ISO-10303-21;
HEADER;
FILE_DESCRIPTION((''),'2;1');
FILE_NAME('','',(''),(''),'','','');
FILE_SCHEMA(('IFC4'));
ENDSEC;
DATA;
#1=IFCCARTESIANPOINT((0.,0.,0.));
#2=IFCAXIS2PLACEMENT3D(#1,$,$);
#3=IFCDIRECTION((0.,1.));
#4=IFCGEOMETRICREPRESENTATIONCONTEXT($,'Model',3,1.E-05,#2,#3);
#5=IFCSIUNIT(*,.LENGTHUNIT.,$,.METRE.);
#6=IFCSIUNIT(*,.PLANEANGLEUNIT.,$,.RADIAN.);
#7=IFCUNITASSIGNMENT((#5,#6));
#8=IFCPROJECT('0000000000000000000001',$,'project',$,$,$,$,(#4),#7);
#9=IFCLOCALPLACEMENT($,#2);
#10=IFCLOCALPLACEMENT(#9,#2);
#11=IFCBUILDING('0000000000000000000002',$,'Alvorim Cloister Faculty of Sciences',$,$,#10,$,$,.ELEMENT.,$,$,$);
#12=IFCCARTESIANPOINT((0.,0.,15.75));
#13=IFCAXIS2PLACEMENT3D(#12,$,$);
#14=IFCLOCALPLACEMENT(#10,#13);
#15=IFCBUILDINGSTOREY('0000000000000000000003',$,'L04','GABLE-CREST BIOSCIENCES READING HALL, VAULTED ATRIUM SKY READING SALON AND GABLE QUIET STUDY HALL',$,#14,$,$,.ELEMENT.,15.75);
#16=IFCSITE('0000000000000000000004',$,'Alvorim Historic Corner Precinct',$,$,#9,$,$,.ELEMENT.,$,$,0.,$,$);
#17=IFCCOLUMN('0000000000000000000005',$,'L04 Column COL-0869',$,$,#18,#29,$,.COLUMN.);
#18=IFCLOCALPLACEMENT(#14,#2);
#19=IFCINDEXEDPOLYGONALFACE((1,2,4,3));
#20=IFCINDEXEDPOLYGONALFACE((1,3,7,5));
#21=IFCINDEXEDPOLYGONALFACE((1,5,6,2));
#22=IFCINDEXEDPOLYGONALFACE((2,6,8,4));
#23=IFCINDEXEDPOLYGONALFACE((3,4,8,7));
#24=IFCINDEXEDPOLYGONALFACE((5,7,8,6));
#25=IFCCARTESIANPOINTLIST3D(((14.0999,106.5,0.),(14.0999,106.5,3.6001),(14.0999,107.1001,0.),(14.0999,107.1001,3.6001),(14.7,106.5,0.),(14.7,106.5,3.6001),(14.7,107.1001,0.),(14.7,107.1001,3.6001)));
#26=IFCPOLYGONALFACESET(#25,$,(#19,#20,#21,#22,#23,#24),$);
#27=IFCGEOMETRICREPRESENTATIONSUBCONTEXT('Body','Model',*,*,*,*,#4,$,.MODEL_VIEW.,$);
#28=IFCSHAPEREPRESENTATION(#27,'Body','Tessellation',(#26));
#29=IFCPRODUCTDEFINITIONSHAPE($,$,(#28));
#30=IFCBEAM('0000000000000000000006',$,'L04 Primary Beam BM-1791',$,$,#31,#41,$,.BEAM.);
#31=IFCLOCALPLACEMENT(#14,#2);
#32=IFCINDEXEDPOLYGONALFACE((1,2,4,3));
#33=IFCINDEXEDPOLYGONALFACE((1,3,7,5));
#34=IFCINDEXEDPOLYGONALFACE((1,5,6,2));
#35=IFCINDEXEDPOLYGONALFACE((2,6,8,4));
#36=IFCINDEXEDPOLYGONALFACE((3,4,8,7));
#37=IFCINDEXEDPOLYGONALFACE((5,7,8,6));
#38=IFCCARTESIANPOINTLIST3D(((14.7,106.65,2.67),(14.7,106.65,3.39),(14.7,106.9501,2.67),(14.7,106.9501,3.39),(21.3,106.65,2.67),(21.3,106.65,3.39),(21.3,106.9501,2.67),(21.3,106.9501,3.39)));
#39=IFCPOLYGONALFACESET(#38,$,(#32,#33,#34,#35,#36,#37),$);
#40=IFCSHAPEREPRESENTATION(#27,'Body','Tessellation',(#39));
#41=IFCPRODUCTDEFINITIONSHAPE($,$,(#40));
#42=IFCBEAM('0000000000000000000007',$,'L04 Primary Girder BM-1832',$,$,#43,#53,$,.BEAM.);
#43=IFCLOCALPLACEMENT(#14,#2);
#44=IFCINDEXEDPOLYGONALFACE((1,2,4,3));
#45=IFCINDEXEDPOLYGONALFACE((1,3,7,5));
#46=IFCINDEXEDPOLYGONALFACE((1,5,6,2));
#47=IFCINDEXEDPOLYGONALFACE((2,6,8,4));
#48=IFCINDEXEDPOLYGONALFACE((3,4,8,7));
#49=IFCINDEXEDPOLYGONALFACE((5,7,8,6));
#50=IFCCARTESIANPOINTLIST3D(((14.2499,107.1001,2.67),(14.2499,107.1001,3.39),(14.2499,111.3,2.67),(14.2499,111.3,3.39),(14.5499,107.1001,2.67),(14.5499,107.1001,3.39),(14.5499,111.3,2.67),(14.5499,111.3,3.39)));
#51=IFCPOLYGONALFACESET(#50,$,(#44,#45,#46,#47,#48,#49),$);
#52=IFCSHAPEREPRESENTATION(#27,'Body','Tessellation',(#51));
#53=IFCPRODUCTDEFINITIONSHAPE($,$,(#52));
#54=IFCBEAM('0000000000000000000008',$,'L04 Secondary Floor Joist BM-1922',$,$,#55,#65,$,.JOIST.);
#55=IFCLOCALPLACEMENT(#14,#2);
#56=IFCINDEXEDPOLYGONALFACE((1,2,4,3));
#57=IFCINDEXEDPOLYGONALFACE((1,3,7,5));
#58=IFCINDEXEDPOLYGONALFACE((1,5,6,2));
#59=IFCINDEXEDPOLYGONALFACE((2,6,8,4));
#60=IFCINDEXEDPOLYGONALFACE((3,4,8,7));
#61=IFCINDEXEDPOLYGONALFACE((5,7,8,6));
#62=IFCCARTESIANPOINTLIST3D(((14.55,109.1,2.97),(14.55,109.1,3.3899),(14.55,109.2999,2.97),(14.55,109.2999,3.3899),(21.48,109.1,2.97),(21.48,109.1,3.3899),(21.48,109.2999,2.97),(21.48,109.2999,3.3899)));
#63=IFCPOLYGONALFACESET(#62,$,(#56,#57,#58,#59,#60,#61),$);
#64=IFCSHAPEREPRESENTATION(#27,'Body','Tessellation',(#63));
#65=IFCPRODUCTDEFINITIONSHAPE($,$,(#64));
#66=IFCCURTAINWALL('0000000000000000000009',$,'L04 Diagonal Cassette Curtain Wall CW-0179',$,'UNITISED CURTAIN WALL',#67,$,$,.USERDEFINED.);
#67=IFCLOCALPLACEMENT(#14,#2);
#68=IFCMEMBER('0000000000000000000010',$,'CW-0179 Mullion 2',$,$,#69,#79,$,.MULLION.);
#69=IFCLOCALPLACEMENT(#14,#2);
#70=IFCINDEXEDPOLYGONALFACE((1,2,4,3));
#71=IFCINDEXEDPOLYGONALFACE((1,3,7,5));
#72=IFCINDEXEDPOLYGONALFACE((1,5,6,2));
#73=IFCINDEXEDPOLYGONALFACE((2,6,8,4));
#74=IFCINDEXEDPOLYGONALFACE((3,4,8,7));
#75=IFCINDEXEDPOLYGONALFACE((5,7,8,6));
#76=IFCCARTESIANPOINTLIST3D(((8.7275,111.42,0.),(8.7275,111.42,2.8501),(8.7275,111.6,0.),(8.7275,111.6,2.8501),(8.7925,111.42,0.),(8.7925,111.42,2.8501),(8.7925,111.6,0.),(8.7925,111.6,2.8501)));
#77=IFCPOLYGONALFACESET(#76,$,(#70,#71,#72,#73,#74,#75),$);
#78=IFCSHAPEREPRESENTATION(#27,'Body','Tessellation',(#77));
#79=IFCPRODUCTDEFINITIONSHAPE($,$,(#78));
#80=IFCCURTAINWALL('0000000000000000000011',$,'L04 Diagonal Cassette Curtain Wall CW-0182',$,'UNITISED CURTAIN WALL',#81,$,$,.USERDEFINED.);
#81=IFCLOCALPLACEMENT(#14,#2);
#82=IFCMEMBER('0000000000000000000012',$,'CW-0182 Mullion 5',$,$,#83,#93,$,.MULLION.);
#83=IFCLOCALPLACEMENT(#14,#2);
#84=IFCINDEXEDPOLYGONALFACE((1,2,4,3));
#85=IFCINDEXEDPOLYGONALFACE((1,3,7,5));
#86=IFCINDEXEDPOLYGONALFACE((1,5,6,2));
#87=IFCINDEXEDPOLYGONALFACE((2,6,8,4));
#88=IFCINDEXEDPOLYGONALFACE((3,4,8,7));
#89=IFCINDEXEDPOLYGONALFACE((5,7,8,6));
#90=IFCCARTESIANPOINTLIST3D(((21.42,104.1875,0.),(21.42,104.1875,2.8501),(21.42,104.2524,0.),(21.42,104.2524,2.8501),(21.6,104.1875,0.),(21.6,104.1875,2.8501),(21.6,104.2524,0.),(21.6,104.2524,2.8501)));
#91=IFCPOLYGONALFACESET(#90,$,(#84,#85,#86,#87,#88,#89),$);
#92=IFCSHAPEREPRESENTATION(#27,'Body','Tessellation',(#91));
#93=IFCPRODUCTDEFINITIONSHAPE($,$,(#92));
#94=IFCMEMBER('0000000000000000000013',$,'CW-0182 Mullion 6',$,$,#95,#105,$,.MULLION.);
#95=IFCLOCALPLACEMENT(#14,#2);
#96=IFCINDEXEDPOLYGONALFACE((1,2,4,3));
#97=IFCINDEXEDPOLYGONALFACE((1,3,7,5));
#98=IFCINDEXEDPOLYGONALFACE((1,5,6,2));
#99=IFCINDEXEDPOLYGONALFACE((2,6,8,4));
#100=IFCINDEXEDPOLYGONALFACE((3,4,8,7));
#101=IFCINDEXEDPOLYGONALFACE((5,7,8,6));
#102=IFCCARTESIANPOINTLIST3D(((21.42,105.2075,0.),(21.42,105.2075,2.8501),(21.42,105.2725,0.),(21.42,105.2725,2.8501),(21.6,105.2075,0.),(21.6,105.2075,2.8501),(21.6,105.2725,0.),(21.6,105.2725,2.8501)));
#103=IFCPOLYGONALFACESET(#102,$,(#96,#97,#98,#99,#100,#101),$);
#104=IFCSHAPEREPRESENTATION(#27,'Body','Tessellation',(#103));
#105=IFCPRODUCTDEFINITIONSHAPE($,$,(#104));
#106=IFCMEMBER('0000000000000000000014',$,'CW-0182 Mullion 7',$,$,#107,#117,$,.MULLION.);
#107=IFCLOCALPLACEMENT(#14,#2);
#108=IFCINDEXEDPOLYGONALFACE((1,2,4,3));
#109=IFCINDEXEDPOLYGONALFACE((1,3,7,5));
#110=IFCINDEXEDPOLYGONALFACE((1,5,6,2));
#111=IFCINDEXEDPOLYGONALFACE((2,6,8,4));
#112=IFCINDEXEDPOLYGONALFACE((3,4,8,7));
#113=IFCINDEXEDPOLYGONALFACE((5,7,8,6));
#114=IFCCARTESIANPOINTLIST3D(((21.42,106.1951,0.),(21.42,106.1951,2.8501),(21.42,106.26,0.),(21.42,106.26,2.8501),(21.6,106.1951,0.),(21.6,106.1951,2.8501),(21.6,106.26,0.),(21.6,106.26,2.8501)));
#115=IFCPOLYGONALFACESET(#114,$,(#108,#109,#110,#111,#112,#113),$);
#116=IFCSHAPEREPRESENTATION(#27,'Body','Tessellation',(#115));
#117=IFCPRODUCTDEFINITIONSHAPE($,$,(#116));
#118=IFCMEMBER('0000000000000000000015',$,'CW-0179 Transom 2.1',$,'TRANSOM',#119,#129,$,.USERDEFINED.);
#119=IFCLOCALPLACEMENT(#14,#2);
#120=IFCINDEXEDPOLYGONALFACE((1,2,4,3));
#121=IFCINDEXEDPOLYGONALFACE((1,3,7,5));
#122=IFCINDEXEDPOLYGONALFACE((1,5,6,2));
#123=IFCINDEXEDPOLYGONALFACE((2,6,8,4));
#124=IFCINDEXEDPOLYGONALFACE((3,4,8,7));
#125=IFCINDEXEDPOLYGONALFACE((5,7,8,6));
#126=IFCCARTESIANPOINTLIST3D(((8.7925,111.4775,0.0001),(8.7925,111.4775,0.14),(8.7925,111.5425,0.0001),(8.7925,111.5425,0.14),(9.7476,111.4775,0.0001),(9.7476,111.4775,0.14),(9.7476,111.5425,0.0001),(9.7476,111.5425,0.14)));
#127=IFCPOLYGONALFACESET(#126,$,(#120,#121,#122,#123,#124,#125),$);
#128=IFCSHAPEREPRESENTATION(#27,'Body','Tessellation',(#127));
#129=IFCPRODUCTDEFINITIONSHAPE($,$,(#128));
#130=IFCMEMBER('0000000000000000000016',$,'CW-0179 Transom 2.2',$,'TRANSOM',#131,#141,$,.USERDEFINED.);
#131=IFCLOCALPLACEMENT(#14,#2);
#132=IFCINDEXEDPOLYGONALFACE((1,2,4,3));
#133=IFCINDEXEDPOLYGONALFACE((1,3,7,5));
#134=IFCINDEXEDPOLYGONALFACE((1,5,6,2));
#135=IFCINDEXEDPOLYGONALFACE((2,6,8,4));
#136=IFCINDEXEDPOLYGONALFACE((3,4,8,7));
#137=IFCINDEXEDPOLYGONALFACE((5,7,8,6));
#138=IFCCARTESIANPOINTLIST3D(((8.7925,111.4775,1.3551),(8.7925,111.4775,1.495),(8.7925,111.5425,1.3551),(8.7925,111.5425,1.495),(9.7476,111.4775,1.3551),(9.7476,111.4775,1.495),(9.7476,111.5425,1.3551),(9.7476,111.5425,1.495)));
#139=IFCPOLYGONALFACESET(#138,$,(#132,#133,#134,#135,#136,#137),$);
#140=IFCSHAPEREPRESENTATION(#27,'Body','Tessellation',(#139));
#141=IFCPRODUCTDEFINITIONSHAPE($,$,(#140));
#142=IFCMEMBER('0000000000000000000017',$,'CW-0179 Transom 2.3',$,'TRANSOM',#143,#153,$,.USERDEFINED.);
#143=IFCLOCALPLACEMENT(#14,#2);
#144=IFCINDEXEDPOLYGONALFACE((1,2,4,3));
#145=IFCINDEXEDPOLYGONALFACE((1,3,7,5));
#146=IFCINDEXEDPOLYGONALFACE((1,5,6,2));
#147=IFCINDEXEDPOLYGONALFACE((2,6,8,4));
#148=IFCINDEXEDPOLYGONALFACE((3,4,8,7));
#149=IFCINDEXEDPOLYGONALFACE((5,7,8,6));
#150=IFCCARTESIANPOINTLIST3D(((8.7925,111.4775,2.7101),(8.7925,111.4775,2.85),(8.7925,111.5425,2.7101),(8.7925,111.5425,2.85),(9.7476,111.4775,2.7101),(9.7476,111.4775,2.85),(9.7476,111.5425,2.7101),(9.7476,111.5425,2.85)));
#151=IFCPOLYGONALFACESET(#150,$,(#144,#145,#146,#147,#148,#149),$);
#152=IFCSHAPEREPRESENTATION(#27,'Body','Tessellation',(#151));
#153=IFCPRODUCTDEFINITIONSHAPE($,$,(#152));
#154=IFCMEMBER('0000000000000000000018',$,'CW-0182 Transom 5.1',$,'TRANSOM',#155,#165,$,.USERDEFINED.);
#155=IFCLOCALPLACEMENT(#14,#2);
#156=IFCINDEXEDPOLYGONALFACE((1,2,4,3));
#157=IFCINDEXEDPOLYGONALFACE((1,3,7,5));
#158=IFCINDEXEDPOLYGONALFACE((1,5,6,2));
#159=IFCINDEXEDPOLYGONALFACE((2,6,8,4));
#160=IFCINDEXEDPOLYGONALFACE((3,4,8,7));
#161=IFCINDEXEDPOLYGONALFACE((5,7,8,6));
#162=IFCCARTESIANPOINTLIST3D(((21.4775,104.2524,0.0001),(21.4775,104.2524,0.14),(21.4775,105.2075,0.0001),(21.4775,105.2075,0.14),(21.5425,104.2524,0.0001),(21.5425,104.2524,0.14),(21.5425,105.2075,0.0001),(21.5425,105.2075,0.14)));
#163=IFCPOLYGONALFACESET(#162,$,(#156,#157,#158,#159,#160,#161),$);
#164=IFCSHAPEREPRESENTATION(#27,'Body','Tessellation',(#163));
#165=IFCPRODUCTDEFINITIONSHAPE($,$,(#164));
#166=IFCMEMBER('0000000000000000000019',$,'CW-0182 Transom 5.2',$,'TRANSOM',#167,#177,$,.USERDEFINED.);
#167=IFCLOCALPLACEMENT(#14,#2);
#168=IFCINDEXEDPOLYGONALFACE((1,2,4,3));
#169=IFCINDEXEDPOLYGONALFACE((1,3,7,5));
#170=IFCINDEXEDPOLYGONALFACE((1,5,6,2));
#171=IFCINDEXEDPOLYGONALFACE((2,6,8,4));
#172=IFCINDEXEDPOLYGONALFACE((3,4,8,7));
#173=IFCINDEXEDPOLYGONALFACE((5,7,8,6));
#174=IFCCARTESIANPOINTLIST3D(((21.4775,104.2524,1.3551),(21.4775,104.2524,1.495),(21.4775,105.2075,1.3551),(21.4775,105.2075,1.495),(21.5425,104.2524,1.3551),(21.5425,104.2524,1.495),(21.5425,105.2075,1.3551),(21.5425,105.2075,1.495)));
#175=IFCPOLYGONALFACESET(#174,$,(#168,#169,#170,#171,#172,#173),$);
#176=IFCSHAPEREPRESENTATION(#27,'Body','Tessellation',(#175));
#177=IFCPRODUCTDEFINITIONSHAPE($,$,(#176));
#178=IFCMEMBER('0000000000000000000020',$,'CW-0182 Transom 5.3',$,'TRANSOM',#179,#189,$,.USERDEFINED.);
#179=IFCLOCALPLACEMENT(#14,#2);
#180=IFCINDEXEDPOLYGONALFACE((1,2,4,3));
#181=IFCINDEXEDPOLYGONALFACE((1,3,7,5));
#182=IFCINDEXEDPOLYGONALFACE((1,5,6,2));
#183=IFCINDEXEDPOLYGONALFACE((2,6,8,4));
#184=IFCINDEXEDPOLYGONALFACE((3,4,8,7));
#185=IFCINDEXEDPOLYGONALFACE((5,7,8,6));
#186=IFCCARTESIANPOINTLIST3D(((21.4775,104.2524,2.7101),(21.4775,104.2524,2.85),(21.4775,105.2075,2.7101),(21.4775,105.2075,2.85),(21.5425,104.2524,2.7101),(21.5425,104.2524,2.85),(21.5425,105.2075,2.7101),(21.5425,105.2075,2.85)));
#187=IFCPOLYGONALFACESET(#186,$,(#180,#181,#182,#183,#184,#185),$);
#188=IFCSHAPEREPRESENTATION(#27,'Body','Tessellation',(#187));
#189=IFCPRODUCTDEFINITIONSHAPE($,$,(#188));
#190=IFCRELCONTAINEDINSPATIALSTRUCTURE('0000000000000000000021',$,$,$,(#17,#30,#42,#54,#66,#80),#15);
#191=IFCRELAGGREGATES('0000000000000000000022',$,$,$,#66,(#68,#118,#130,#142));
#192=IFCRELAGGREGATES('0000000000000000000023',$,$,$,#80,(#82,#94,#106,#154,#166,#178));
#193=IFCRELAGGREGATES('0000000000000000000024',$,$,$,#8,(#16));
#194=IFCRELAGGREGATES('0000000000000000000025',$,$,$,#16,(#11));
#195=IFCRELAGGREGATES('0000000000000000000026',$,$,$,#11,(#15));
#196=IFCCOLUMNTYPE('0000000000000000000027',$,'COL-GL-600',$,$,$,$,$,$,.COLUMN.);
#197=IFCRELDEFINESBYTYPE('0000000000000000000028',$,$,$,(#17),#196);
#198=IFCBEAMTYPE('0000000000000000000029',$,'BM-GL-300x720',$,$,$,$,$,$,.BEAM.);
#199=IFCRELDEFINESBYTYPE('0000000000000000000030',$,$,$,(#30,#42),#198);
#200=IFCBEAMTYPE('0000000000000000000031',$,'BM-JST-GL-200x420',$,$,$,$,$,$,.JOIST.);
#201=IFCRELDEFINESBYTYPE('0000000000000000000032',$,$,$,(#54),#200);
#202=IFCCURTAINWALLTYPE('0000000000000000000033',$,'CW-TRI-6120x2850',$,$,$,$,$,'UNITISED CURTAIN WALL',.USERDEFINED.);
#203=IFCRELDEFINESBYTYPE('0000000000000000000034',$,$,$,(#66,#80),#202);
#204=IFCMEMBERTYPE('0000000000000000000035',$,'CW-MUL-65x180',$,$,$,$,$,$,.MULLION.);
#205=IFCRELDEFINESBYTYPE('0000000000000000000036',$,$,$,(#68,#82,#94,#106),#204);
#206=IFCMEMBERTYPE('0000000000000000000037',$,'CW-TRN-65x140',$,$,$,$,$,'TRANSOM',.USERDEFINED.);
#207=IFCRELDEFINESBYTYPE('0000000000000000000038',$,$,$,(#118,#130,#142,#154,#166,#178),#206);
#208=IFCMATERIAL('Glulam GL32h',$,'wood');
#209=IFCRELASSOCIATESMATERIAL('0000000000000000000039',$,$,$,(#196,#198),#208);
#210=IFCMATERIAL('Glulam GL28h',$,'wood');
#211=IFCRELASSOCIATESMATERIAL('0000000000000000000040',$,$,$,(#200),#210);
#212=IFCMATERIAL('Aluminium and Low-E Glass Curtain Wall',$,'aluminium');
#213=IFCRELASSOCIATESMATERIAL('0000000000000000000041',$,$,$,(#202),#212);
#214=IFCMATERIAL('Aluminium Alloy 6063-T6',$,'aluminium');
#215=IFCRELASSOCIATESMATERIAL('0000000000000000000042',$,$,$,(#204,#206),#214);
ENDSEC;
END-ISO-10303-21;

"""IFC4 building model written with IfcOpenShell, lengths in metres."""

from ifc_helpers import new_model, si_unit, direction, frame, origin, origin_2d, place, context, subcontext, project, spatial, rectangle, extrude, material, material_profile, profile_set, type_object, element, aggregate, save


model = new_model("IFC4")

# Units and contexts
model_context = context("Model", 3, precision=1e-05, world=origin(), true_north=direction((0.0, 1.0)))
body_context = subcontext(model_context, "Body", "Model", "MODEL_VIEW")
ifc_project = project(units=[si_unit("LENGTHUNIT", "METRE"), si_unit("PLANEANGLEUNIT", "RADIAN")], contexts=[model_context])

# Site, building, storey
site_placement = place(None, origin())
site = spatial("IfcSite", under=ifc_project, at=site_placement, Name="Alvorim Historic Corner Precinct", CompositionType="ELEMENT", RefElevation=0.0)
building_placement = place(site_placement, origin())
building = spatial("IfcBuilding", under=site, at=building_placement, Name="Alvorim Cloister Faculty of Sciences", CompositionType="ELEMENT")
storey_placement = place(building_placement, frame((0.0, 0.0, 15.75)))
storey = spatial("IfcBuildingStorey", under=building, at=storey_placement, Name="L04", Description="GABLE-CREST BIOSCIENCES READING HALL, VAULTED ATRIUM SKY READING SALON AND GABLE QUIET STUDY HALL", CompositionType="ELEMENT", Elevation=15.75)

# Column
ifc_material_1 = material(Name="Glulam GL32h", Category="wood")
ifc_material_profile_1 = material_profile(ifc_material_1, rectangle(XDim=0.6001, YDim=0.6001, at=origin_2d()), Name="GL32-COL-600x600")
ifc_profile_set_1 = profile_set([ifc_material_profile_1], Name="Glulam GL32h")
column_type = type_object("IfcColumnType", Name="COL-GL-600", PredefinedType="COLUMN", material=ifc_profile_set_1)
column_placement = place(storey_placement, frame((14.3999, 106.8, 0.0), z_axis=(0.0, 0.0, 1.0), x_axis=(1.0, 0.0, 0.0)))
element("IfcColumn", 1, at=column_placement, inside=storey, type_object=column_type, Name="L04 Column COL-0869", PredefinedType="COLUMN", context=body_context, shape_type="SweptSolid", body=[
    extrude(rectangle(XDim=0.6001, YDim=0.6001, at=origin_2d()), origin(), (0.0, 0.0, 1.0), 3.6001),
])

# Beams
ifc_material_profile_2 = material_profile(ifc_material_1, rectangle(XDim=0.3, YDim=0.72, at=origin_2d()), Name="GL32-BM-300x720")
ifc_profile_set_2 = profile_set([ifc_material_profile_2], Name="Glulam GL32h")
beam_type_1 = type_object("IfcBeamType", Name="BM-GL-300x720", PredefinedType="BEAM", material=ifc_profile_set_2)
beam_1_placement = place(storey_placement, frame((14.7, 106.8, 3.03), z_axis=(1.0, 0.0, 0.0), x_axis=(0.0, 1.0, 0.0)))
element("IfcBeam", 2, at=beam_1_placement, inside=storey, type_object=beam_type_1, Name="L04 Primary Beam BM-1791", PredefinedType="BEAM", context=body_context, shape_type="SweptSolid", body=[
    extrude(rectangle(XDim=0.3, YDim=0.72, at=origin_2d()), origin(), (0.0, 0.0, 1.0), 6.6001),
])
beam_2_placement = place(storey_placement, frame((14.3999, 107.1001, 3.03), z_axis=(0.0, 1.0, 0.0), x_axis=(-1.0, 0.0, 0.0)))
element("IfcBeam", 3, at=beam_2_placement, inside=storey, type_object=beam_type_1, Name="L04 Primary Girder BM-1832", PredefinedType="BEAM", context=body_context, shape_type="SweptSolid", body=[
    extrude(rectangle(XDim=0.3, YDim=0.72, at=origin_2d()), origin(), (0.0, 0.0, 1.0), 4.2),
])
ifc_material_2 = material(Name="Glulam GL28h", Category="wood")
ifc_material_profile_3 = material_profile(ifc_material_2, rectangle(XDim=0.2, YDim=0.4199, at=origin_2d()), Name="GL28-JST-200x420")
ifc_profile_set_3 = profile_set([ifc_material_profile_3], Name="Glulam GL28h")
beam_type_2 = type_object("IfcBeamType", Name="BM-JST-GL-200x420", PredefinedType="JOIST", material=ifc_profile_set_3)
beam_3_placement = place(storey_placement, frame((14.55, 109.2, 3.1799), z_axis=(1.0, 0.0, 0.0), x_axis=(0.0, 1.0, 0.0)))
element("IfcBeam", 4, at=beam_3_placement, inside=storey, type_object=beam_type_2, Name="L04 Secondary Floor Joist BM-1922", PredefinedType="JOIST", context=body_context, shape_type="SweptSolid", body=[
    extrude(rectangle(XDim=0.2, YDim=0.4199, at=origin_2d()), origin(), (0.0, 0.0, 1.0), 6.9299),
])

# Curtain wall, member
ifc_material_3 = material(Name="Aluminium and Low-E Glass Curtain Wall", Category="aluminium")
curtain_wall_type = type_object("IfcCurtainWallType", Name="CW-TRI-6120x2850", ElementType="UNITISED CURTAIN WALL", PredefinedType="USERDEFINED", material=ifc_material_3)
curtain_wall_1_placement = place(storey_placement, origin())
curtain_wall_1 = element("IfcCurtainWall", 5, at=curtain_wall_1_placement, inside=storey, type_object=curtain_wall_type, Name="L04 Diagonal Cassette Curtain Wall CW-0179", ObjectType="UNITISED CURTAIN WALL", PredefinedType="USERDEFINED")
ifc_material_4 = material(Name="Aluminium Alloy 6063-T6", Category="aluminium")
ifc_material_profile_4 = material_profile(ifc_material_4, rectangle(XDim=0.0649, YDim=0.1799, at=origin_2d()), Name="ALU-MUL-65x180")
ifc_profile_set_4 = profile_set([ifc_material_profile_4], Name="Aluminium Alloy 6063-T6")
member_type_1 = type_object("IfcMemberType", Name="CW-MUL-65x180", PredefinedType="MULLION", material=ifc_profile_set_4)
member_1_placement = place(storey_placement, frame((8.76, 111.51, 0.0), z_axis=(0.0, 0.0, 1.0), x_axis=(1.0, 0.0, 0.0)))
member_1 = element("IfcMember", 6, at=member_1_placement, type_object=member_type_1, Name="CW-0179 Mullion 2", PredefinedType="MULLION", context=body_context, shape_type="SweptSolid", body=[
    extrude(rectangle(XDim=0.0649, YDim=0.1799, at=origin_2d()), origin(), (0.0, 0.0, 1.0), 2.8501),
])

# Curtain wall, members
curtain_wall_2_placement = place(storey_placement, origin())
curtain_wall_2 = element("IfcCurtainWall", 7, at=curtain_wall_2_placement, inside=storey, type_object=curtain_wall_type, Name="L04 Diagonal Cassette Curtain Wall CW-0182", ObjectType="UNITISED CURTAIN WALL", PredefinedType="USERDEFINED")
member_2_placement = place(storey_placement, frame((21.51, 104.22, 0.0), z_axis=(0.0, 0.0, 1.0), x_axis=(0.0, 1.0, 0.0)))
member_2 = element("IfcMember", 8, at=member_2_placement, type_object=member_type_1, Name="CW-0182 Mullion 5", PredefinedType="MULLION", context=body_context, shape_type="SweptSolid", body=[
    extrude(rectangle(XDim=0.0649, YDim=0.1799, at=origin_2d()), origin(), (0.0, 0.0, 1.0), 2.8501),
])
member_3_placement = place(storey_placement, frame((21.51, 105.24, 0.0), z_axis=(0.0, 0.0, 1.0), x_axis=(0.0, 1.0, 0.0)))
member_3 = element("IfcMember", 9, at=member_3_placement, type_object=member_type_1, Name="CW-0182 Mullion 6", PredefinedType="MULLION", context=body_context, shape_type="SweptSolid", body=[
    extrude(rectangle(XDim=0.0649, YDim=0.1799, at=origin_2d()), origin(), (0.0, 0.0, 1.0), 2.8501),
])
member_4_placement = place(storey_placement, frame((21.51, 106.2275, 0.0), z_axis=(0.0, 0.0, 1.0), x_axis=(0.0, 1.0, 0.0)))
member_4 = element("IfcMember", 10, at=member_4_placement, type_object=member_type_1, Name="CW-0182 Mullion 7", PredefinedType="MULLION", context=body_context, shape_type="SweptSolid", body=[
    extrude(rectangle(XDim=0.0649, YDim=0.1799, at=origin_2d()), origin(), (0.0, 0.0, 1.0), 2.8501),
])

# Members
ifc_material_profile_5 = material_profile(ifc_material_4, rectangle(XDim=0.0649, YDim=0.1399, at=origin_2d()), Name="ALU-TRN-65x140")
ifc_profile_set_5 = profile_set([ifc_material_profile_5], Name="Aluminium Alloy 6063-T6")
member_type_2 = type_object("IfcMemberType", Name="CW-TRN-65x140", ElementType="TRANSOM", PredefinedType="USERDEFINED", material=ifc_profile_set_5)
member_5_placement = place(storey_placement, frame((8.7925, 111.51, 0.0701), z_axis=(1.0, 0.0, 0.0), x_axis=(0.0, 1.0, 0.0)))
member_5 = element("IfcMember", 11, at=member_5_placement, type_object=member_type_2, Name="CW-0179 Transom 2.1", ObjectType="TRANSOM", PredefinedType="USERDEFINED", context=body_context, shape_type="SweptSolid", body=[
    extrude(rectangle(XDim=0.0649, YDim=0.1399, at=origin_2d()), origin(), (0.0, 0.0, 1.0), 0.9551),
])
member_6_placement = place(storey_placement, frame((8.7925, 111.51, 1.425), z_axis=(1.0, 0.0, 0.0), x_axis=(0.0, 1.0, 0.0)))
member_6 = element("IfcMember", 12, at=member_6_placement, type_object=member_type_2, Name="CW-0179 Transom 2.2", ObjectType="TRANSOM", PredefinedType="USERDEFINED", context=body_context, shape_type="SweptSolid", body=[
    extrude(rectangle(XDim=0.0649, YDim=0.1399, at=origin_2d()), origin(), (0.0, 0.0, 1.0), 0.9551),
])
member_7_placement = place(storey_placement, frame((8.7925, 111.51, 2.78), z_axis=(1.0, 0.0, 0.0), x_axis=(0.0, 1.0, 0.0)))
member_7 = element("IfcMember", 13, at=member_7_placement, type_object=member_type_2, Name="CW-0179 Transom 2.3", ObjectType="TRANSOM", PredefinedType="USERDEFINED", context=body_context, shape_type="SweptSolid", body=[
    extrude(rectangle(XDim=0.0649, YDim=0.1399, at=origin_2d()), origin(), (0.0, 0.0, 1.0), 0.9551),
])
aggregate(curtain_wall_1, [member_1, member_5, member_6, member_7])
member_8_placement = place(storey_placement, frame((21.51, 104.2524, 0.0701), z_axis=(0.0, 1.0, 0.0), x_axis=(-1.0, 0.0, 0.0)))
member_8 = element("IfcMember", 14, at=member_8_placement, type_object=member_type_2, Name="CW-0182 Transom 5.1", ObjectType="TRANSOM", PredefinedType="USERDEFINED", context=body_context, shape_type="SweptSolid", body=[
    extrude(rectangle(XDim=0.0649, YDim=0.1399, at=origin_2d()), origin(), (0.0, 0.0, 1.0), 0.9551),
])
member_9_placement = place(storey_placement, frame((21.51, 104.2524, 1.425), z_axis=(0.0, 1.0, 0.0), x_axis=(-1.0, 0.0, 0.0)))
member_9 = element("IfcMember", 15, at=member_9_placement, type_object=member_type_2, Name="CW-0182 Transom 5.2", ObjectType="TRANSOM", PredefinedType="USERDEFINED", context=body_context, shape_type="SweptSolid", body=[
    extrude(rectangle(XDim=0.0649, YDim=0.1399, at=origin_2d()), origin(), (0.0, 0.0, 1.0), 0.9551),
])
member_10_placement = place(storey_placement, frame((21.51, 104.2524, 2.78), z_axis=(0.0, 1.0, 0.0), x_axis=(-1.0, 0.0, 0.0)))
member_10 = element("IfcMember", 16, at=member_10_placement, type_object=member_type_2, Name="CW-0182 Transom 5.3", ObjectType="TRANSOM", PredefinedType="USERDEFINED", context=body_context, shape_type="SweptSolid", body=[
    extrude(rectangle(XDim=0.0649, YDim=0.1399, at=origin_2d()), origin(), (0.0, 0.0, 1.0), 0.9551),
])
aggregate(curtain_wall_2, [member_2, member_3, member_4, member_8, member_9, member_10])

save(model, "model.ifc")
